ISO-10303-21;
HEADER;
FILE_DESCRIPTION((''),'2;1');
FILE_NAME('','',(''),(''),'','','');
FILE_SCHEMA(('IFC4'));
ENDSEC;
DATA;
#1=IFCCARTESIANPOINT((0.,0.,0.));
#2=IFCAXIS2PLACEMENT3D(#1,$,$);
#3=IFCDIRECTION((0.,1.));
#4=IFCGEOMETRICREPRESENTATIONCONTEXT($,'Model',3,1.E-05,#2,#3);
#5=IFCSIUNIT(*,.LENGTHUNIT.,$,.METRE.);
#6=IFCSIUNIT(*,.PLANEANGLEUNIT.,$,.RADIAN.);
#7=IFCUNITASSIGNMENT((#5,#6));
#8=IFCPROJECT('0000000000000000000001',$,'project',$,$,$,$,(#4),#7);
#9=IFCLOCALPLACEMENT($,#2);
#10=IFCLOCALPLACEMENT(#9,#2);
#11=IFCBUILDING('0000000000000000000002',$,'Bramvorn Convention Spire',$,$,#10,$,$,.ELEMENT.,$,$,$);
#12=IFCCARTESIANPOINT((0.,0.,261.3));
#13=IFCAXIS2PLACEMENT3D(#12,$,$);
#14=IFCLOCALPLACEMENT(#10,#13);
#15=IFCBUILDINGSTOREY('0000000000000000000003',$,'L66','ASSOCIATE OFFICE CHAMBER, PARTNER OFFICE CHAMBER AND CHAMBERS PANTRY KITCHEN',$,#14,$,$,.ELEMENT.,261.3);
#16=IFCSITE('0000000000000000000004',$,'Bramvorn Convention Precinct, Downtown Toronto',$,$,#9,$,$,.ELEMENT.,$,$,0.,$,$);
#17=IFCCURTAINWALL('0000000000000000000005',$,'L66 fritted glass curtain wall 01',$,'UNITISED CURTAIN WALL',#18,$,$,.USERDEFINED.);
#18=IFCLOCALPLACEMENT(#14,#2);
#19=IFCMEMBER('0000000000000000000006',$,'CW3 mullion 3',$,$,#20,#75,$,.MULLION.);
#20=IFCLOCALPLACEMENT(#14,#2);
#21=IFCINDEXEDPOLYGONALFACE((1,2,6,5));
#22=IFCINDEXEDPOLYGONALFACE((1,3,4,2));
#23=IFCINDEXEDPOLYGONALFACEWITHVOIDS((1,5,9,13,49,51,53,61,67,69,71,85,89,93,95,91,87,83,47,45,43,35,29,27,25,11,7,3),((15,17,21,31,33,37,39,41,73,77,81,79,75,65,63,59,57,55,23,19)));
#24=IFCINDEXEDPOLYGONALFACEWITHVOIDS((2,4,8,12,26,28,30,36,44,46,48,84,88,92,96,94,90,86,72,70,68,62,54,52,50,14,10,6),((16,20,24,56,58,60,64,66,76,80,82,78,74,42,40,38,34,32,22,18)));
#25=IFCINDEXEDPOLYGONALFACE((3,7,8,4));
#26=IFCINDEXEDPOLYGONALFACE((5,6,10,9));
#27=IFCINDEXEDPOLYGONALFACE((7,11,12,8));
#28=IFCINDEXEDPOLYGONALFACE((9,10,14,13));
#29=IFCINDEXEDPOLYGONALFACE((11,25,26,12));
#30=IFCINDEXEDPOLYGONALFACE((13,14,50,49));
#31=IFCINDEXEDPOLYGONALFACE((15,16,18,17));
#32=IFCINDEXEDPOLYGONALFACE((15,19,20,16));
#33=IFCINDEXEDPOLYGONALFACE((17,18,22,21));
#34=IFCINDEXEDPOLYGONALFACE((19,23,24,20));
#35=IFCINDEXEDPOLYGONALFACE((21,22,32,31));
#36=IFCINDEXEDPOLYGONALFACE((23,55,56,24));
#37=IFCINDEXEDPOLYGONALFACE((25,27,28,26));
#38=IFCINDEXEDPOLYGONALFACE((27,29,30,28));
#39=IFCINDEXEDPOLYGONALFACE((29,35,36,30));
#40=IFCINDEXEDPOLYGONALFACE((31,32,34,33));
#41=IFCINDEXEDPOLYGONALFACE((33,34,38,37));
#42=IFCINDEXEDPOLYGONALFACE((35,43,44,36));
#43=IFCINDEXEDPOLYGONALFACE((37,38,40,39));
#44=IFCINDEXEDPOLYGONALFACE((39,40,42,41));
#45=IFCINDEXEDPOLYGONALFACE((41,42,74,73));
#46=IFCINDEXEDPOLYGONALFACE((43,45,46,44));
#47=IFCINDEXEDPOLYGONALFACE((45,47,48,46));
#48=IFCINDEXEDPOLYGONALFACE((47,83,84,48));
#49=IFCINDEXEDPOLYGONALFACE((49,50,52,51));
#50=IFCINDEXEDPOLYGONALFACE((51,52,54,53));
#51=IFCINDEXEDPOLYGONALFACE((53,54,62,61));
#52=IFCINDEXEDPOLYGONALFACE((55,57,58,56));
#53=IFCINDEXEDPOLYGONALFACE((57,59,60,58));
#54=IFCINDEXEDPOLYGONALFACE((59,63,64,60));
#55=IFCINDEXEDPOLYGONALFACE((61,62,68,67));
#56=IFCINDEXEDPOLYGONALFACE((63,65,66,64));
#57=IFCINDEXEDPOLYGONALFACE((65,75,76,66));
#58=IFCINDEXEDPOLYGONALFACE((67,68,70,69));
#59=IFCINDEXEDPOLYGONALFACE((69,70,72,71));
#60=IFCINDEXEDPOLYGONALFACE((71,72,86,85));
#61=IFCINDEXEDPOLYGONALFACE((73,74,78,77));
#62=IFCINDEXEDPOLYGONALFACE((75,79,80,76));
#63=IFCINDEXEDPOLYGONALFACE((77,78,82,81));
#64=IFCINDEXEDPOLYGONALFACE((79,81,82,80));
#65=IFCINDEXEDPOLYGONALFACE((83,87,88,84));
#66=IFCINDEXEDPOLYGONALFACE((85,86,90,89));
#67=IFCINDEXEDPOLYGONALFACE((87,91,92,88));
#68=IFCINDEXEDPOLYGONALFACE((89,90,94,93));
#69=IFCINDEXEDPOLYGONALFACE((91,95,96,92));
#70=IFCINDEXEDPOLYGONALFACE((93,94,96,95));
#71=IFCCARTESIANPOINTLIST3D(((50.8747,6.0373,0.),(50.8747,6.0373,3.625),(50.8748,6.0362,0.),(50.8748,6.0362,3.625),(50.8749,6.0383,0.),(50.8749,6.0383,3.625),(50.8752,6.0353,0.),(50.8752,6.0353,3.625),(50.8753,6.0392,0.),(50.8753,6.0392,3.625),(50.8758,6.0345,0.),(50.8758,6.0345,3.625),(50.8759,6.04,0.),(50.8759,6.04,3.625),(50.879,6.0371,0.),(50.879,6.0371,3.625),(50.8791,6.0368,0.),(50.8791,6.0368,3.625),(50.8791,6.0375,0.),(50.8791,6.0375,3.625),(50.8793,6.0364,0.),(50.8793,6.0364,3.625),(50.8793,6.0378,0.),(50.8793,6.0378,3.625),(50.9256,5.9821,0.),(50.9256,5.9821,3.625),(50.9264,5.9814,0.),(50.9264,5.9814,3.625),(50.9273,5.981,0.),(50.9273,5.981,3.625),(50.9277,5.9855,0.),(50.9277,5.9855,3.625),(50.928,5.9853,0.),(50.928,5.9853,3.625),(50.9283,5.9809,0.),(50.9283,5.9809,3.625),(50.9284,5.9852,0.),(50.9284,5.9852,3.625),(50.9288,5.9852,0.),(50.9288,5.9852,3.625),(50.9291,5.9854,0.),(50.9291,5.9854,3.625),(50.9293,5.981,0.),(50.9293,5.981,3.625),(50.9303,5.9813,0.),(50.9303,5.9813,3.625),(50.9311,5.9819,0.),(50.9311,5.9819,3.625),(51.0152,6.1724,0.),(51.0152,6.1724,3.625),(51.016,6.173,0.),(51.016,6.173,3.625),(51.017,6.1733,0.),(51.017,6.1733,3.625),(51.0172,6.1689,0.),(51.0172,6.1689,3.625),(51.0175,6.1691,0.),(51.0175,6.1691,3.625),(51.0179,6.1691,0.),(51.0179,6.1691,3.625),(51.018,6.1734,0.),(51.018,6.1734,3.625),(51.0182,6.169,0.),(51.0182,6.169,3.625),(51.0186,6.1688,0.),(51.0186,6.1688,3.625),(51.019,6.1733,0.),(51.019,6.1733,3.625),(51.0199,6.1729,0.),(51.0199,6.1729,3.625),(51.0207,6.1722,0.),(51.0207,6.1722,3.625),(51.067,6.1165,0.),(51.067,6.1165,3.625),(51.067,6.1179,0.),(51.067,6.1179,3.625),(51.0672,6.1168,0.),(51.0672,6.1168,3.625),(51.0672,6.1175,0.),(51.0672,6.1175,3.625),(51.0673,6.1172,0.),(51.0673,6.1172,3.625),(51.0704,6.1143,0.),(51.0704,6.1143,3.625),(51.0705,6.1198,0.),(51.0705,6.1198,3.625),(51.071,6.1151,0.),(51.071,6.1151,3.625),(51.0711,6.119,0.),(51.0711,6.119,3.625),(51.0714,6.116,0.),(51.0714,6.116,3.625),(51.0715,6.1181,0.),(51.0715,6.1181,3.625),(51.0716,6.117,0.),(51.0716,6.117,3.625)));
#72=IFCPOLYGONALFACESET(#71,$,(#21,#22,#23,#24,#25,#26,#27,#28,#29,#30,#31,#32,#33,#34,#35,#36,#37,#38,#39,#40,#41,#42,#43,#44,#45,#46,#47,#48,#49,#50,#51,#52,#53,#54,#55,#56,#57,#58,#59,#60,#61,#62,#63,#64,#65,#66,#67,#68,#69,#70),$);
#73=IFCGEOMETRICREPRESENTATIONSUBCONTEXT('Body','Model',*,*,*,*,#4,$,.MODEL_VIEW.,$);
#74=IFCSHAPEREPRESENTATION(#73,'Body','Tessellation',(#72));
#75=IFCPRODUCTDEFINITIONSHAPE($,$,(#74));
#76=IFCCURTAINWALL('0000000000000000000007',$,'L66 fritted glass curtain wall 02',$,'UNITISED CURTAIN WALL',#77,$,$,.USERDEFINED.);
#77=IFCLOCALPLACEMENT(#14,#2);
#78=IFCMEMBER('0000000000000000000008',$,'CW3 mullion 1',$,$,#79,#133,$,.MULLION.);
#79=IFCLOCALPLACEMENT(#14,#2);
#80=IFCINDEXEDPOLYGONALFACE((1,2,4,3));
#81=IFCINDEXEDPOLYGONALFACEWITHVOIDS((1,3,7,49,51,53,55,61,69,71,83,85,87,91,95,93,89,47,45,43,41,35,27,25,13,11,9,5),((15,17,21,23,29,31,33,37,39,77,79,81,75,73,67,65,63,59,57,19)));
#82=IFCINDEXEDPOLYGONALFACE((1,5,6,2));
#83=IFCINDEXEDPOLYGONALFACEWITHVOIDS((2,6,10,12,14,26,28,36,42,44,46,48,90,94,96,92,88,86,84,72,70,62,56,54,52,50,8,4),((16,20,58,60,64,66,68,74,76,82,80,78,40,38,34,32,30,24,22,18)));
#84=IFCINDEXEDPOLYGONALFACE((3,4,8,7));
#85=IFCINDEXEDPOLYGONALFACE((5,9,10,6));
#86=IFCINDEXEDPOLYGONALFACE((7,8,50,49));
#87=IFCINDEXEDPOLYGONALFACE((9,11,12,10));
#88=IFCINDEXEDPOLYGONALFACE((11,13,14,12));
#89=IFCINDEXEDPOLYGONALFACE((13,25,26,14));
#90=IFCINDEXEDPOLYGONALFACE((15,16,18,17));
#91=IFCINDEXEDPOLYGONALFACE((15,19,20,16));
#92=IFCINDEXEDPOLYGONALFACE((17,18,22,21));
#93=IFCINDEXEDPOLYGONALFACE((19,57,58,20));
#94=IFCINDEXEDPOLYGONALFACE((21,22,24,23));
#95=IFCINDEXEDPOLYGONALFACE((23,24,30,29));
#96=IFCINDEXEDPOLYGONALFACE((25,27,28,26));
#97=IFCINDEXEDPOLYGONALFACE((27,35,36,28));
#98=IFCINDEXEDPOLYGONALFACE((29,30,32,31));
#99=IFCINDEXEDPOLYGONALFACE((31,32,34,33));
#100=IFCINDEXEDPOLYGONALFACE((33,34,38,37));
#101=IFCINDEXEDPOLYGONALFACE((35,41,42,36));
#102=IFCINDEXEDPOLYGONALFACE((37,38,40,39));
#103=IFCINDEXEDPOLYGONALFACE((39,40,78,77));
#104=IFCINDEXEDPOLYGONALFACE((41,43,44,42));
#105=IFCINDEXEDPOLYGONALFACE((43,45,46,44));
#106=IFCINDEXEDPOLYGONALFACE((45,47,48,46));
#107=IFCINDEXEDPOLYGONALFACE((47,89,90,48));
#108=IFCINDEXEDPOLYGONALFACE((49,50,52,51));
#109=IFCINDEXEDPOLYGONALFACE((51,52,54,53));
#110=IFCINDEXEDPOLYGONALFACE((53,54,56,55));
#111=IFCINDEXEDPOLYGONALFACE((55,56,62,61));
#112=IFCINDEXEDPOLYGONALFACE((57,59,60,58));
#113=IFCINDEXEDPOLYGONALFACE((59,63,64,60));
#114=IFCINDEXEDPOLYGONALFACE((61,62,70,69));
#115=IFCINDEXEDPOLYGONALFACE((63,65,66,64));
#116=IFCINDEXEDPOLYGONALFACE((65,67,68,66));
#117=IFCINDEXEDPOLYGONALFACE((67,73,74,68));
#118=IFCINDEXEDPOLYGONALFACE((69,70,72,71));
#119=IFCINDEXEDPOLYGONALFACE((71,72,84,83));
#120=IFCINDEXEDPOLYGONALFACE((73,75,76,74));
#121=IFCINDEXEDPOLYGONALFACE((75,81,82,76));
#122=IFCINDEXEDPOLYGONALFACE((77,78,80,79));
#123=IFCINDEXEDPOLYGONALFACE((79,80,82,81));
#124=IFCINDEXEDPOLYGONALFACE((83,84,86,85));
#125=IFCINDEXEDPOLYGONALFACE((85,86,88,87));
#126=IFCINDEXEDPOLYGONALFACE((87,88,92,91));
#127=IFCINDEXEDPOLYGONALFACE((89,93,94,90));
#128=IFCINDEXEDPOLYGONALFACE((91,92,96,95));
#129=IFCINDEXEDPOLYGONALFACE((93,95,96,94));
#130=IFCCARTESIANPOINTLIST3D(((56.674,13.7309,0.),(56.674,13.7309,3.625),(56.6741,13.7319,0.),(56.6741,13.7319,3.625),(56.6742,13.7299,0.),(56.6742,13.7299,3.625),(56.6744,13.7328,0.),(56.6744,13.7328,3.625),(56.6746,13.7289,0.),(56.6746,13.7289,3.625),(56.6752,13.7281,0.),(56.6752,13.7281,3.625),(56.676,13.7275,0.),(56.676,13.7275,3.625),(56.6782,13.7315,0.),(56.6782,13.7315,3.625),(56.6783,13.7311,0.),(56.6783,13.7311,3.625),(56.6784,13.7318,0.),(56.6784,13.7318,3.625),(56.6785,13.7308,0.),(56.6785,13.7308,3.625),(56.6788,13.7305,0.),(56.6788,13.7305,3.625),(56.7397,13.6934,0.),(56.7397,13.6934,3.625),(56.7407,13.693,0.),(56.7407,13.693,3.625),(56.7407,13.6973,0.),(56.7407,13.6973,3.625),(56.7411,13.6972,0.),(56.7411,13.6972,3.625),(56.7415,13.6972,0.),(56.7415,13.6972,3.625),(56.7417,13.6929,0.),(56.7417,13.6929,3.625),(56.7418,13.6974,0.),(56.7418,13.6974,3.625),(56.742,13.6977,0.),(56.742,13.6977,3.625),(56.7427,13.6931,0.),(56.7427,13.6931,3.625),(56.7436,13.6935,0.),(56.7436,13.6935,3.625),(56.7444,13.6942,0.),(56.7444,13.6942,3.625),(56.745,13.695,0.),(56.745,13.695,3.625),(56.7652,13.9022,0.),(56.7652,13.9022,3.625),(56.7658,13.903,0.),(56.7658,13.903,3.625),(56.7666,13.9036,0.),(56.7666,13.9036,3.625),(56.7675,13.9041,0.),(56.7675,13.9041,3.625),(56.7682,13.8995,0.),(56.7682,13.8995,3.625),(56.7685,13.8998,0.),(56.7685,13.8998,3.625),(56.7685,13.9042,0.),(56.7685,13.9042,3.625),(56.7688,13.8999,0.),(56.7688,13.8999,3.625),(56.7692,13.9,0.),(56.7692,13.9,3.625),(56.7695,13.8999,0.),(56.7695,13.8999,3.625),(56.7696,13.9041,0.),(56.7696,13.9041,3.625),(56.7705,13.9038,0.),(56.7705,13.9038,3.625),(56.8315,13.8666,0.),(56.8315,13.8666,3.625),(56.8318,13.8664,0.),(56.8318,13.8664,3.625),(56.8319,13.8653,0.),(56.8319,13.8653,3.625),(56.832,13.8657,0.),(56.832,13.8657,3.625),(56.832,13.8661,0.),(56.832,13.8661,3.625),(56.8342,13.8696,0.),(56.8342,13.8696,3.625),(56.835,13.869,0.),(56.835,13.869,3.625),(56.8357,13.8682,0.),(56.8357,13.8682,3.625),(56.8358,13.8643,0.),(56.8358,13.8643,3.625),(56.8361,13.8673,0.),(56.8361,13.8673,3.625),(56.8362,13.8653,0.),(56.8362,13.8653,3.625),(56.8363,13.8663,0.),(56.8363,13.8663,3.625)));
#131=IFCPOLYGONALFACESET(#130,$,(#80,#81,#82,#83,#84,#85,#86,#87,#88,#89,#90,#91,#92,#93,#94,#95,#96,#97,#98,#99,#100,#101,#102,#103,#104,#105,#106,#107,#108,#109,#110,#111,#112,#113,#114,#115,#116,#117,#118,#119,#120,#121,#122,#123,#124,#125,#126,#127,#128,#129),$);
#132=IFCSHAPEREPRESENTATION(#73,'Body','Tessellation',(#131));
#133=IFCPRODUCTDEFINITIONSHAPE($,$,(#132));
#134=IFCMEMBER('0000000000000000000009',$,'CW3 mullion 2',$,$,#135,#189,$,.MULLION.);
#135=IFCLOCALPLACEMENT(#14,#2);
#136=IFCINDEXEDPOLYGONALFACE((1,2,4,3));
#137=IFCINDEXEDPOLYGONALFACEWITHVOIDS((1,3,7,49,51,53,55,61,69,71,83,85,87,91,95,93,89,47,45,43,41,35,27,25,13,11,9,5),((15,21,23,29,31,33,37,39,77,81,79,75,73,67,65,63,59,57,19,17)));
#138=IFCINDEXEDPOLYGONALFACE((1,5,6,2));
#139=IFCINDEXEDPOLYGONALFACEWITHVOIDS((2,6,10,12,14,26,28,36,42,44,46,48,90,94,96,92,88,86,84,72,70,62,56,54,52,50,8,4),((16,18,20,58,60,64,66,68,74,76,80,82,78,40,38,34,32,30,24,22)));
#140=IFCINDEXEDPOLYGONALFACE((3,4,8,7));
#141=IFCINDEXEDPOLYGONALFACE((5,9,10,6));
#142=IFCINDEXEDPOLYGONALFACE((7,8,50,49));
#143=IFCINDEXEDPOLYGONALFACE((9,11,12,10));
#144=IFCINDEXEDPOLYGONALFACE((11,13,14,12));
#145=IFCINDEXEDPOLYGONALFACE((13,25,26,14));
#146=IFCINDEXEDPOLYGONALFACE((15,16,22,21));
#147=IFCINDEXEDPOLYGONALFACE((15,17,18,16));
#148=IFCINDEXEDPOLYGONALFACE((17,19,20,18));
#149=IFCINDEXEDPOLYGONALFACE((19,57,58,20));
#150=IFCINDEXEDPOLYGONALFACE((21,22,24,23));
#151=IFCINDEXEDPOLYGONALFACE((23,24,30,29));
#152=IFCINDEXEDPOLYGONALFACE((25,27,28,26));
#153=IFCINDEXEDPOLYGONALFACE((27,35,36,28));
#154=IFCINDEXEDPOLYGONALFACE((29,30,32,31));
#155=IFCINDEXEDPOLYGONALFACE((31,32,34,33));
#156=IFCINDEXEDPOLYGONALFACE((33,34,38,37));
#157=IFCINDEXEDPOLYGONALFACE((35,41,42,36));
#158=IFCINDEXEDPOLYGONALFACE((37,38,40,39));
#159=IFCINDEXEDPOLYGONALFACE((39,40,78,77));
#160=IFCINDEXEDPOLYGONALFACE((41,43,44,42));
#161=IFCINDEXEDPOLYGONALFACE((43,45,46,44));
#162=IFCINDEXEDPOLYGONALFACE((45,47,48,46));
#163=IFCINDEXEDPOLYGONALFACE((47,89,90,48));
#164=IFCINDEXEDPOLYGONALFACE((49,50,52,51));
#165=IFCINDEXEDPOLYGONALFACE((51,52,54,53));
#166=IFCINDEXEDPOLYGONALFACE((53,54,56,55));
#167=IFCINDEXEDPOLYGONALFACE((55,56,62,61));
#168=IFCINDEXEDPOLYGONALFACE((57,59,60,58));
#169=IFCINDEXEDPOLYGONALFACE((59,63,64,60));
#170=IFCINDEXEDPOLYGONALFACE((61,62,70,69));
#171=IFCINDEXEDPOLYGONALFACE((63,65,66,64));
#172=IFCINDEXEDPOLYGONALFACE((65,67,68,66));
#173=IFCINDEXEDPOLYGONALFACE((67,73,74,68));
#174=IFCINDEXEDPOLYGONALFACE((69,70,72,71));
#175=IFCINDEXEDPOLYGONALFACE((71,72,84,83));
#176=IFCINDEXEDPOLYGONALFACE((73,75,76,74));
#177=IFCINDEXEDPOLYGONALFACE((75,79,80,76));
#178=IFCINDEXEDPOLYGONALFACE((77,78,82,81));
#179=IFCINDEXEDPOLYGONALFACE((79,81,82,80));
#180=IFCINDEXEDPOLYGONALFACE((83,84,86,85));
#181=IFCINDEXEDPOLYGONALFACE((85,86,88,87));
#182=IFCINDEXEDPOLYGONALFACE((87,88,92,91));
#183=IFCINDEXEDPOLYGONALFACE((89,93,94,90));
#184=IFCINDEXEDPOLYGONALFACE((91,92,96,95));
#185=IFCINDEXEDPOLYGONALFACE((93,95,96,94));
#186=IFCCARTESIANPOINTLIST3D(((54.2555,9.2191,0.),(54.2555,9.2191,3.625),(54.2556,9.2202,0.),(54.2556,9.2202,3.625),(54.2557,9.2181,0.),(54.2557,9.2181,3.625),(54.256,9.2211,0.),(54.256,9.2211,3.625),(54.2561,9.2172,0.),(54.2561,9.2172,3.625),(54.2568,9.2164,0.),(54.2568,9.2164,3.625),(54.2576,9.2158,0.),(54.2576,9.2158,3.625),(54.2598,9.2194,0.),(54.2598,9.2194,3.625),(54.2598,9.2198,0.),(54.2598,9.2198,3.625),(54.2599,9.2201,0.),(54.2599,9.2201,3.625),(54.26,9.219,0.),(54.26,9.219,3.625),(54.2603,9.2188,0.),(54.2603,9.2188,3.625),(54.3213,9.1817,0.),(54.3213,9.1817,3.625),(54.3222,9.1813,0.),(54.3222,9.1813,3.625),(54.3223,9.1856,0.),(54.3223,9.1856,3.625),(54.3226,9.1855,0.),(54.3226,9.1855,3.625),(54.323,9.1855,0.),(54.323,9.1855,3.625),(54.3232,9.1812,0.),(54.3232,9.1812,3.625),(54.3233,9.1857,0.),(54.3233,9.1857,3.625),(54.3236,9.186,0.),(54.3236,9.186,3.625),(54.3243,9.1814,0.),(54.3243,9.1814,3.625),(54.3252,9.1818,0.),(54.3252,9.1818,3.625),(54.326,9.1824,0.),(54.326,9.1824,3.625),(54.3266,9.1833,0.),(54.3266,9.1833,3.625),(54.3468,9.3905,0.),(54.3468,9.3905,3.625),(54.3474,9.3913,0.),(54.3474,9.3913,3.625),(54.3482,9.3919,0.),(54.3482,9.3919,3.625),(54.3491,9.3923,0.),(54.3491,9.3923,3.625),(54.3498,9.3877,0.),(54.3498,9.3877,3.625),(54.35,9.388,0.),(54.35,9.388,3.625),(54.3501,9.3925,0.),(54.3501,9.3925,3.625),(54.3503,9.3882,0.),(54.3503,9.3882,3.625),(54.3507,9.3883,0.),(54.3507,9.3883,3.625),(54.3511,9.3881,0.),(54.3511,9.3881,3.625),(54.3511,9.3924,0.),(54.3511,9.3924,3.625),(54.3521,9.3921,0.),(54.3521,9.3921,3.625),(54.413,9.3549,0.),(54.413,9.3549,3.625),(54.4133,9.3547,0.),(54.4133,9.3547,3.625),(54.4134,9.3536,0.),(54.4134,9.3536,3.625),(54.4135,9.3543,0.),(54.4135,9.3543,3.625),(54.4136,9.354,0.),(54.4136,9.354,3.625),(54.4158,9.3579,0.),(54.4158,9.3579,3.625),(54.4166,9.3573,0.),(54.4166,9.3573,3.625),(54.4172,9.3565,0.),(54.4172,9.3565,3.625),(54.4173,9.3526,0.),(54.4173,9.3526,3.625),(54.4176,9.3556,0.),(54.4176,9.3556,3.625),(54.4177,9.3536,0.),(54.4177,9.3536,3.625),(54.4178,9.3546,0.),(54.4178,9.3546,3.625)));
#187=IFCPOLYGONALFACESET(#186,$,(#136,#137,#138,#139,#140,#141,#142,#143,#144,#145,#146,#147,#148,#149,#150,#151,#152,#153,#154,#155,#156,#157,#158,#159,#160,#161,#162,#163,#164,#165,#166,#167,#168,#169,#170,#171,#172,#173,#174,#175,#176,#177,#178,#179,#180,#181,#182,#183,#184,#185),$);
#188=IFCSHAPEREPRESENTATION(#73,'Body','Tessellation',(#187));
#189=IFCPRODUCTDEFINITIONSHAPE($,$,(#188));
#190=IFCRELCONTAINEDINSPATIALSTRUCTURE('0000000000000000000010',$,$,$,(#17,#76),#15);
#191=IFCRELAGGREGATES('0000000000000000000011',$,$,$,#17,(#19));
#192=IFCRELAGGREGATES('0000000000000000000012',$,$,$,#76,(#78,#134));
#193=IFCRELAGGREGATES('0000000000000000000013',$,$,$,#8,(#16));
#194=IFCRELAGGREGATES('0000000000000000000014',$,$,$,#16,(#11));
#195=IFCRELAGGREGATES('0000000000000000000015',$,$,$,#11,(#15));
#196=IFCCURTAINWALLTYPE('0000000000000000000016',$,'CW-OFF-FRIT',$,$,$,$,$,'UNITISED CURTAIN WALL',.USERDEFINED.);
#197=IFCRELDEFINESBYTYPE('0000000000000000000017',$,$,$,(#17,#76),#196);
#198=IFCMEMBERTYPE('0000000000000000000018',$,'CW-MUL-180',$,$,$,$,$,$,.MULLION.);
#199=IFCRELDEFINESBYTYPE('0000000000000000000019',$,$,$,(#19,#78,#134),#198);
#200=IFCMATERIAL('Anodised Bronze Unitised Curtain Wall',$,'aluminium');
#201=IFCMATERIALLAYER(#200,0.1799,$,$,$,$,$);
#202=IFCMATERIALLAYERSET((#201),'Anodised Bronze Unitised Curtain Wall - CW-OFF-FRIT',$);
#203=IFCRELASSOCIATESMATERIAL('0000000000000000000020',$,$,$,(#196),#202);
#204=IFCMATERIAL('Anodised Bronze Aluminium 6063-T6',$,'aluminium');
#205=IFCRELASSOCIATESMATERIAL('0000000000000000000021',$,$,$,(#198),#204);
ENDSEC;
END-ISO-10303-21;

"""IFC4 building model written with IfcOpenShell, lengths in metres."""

from ifc_helpers import new_model, si_unit, direction, frame, origin, origin_2d, place, context, subcontext, project, spatial, hollow_rectangle, extrude, material, layer, layer_set, material_profile, profile_set, type_object, element, aggregate, save


model = new_model("IFC4")

# Units and contexts
model_context = context("Model", 3, precision=1e-05, world=origin(), true_north=direction((0.0, 1.0)))
body_context = subcontext(model_context, "Body", "Model", "MODEL_VIEW")
ifc_project = project(units=[si_unit("LENGTHUNIT", "METRE"), si_unit("PLANEANGLEUNIT", "RADIAN")], contexts=[model_context])

# Site, building, storey
site_placement = place(None, origin())
site = spatial("IfcSite", under=ifc_project, at=site_placement, Name="Bramvorn Convention Precinct, Downtown Toronto", CompositionType="ELEMENT", RefElevation=0.0)
building_placement = place(site_placement, origin())
building = spatial("IfcBuilding", under=site, at=building_placement, Name="Bramvorn Convention Spire", CompositionType="ELEMENT")
storey_placement = place(building_placement, frame((0.0, 0.0, 261.3)))
storey = spatial("IfcBuildingStorey", under=building, at=storey_placement, Name="L66", Description="ASSOCIATE OFFICE CHAMBER, PARTNER OFFICE CHAMBER AND CHAMBERS PANTRY KITCHEN", CompositionType="ELEMENT", Elevation=261.3)

# Curtain walls, members
ifc_material_1 = material(Name="Anodised Bronze Unitised Curtain Wall", Category="aluminium")
ifc_layer_1 = layer(ifc_material_1, 0.1799)
ifc_layer_set_1 = layer_set([ifc_layer_1], Name="Anodised Bronze Unitised Curtain Wall - CW-OFF-FRIT")
curtain_wall_type = type_object("IfcCurtainWallType", Name="CW-OFF-FRIT", ElementType="UNITISED CURTAIN WALL", PredefinedType="USERDEFINED", material=ifc_layer_set_1)
curtain_wall_1_placement = place(storey_placement, origin())
curtain_wall_1 = element("IfcCurtainWall", 1, at=curtain_wall_1_placement, inside=storey, type_object=curtain_wall_type, Name="L66 fritted glass curtain wall 01", ObjectType="UNITISED CURTAIN WALL", PredefinedType="USERDEFINED")
ifc_material_2 = material(Name="Anodised Bronze Aluminium 6063-T6", Category="aluminium")
ifc_material_profile_1 = material_profile(ifc_material_2, hollow_rectangle(XDim=0.0801, YDim=0.2, WallThickness=0.0039, InnerFilletRadius=0.001, OuterFilletRadius=0.0039, at=origin_2d()))
ifc_profile_set_1 = profile_set([ifc_material_profile_1], Name="Anodised Bronze Aluminium 6063-T6 - CWM80X200")
member_type_1 = type_object("IfcMemberType", Name="CW-MUL-180", PredefinedType="MULLION", material=ifc_profile_set_1)
member_1_placement = place(storey_placement, frame((50.9731, 6.0771, 0.0), z_axis=(0.0, 0.0, 1.0), x_axis=(0.688935, -0.724823, 0.0)))
member_1 = element("IfcMember", 2, at=member_1_placement, type_object=member_type_1, Name="CW3 mullion 3", PredefinedType="MULLION", context=body_context, shape_type="SweptSolid", body=[
    extrude(hollow_rectangle(XDim=0.0801, YDim=0.2, WallThickness=0.0039, InnerFilletRadius=0.001, OuterFilletRadius=0.0039, at=origin_2d()), origin(), (0.0, 0.0, 1.0), 3.625),
])
curtain_wall_2_placement = place(storey_placement, origin())
curtain_wall_2 = element("IfcCurtainWall", 3, at=curtain_wall_2_placement, inside=storey, type_object=curtain_wall_type, Name="L66 fritted glass curtain wall 02", ObjectType="UNITISED CURTAIN WALL", PredefinedType="USERDEFINED")
member_2_placement = place(storey_placement, frame((56.7551, 13.7986, 0.0), z_axis=(0.0, 0.0, 1.0), x_axis=(0.881349, -0.472465, 0.0)))
member_2 = element("IfcMember", 4, at=member_2_placement, type_object=member_type_1, Name="CW3 mullion 1", PredefinedType="MULLION", context=body_context, shape_type="SweptSolid", body=[
    extrude(hollow_rectangle(XDim=0.0801, YDim=0.2, WallThickness=0.0039, InnerFilletRadius=0.001, OuterFilletRadius=0.0039, at=origin_2d()), origin(), (0.0, 0.0, 1.0), 3.625),
])
member_3_placement = place(storey_placement, frame((54.3367, 9.2869, 0.0), z_axis=(0.0, 0.0, 1.0), x_axis=(0.881349, -0.472465, 0.0)))
member_3 = element("IfcMember", 5, at=member_3_placement, type_object=member_type_1, Name="CW3 mullion 2", PredefinedType="MULLION", context=body_context, shape_type="SweptSolid", body=[
    extrude(hollow_rectangle(XDim=0.0801, YDim=0.2, WallThickness=0.0039, InnerFilletRadius=0.001, OuterFilletRadius=0.0039, at=origin_2d()), origin(), (0.0, 0.0, 1.0), 3.625),
])

aggregate(curtain_wall_1, [member_1])
aggregate(curtain_wall_2, [member_2, member_3])

save(model, "model.ifc")
